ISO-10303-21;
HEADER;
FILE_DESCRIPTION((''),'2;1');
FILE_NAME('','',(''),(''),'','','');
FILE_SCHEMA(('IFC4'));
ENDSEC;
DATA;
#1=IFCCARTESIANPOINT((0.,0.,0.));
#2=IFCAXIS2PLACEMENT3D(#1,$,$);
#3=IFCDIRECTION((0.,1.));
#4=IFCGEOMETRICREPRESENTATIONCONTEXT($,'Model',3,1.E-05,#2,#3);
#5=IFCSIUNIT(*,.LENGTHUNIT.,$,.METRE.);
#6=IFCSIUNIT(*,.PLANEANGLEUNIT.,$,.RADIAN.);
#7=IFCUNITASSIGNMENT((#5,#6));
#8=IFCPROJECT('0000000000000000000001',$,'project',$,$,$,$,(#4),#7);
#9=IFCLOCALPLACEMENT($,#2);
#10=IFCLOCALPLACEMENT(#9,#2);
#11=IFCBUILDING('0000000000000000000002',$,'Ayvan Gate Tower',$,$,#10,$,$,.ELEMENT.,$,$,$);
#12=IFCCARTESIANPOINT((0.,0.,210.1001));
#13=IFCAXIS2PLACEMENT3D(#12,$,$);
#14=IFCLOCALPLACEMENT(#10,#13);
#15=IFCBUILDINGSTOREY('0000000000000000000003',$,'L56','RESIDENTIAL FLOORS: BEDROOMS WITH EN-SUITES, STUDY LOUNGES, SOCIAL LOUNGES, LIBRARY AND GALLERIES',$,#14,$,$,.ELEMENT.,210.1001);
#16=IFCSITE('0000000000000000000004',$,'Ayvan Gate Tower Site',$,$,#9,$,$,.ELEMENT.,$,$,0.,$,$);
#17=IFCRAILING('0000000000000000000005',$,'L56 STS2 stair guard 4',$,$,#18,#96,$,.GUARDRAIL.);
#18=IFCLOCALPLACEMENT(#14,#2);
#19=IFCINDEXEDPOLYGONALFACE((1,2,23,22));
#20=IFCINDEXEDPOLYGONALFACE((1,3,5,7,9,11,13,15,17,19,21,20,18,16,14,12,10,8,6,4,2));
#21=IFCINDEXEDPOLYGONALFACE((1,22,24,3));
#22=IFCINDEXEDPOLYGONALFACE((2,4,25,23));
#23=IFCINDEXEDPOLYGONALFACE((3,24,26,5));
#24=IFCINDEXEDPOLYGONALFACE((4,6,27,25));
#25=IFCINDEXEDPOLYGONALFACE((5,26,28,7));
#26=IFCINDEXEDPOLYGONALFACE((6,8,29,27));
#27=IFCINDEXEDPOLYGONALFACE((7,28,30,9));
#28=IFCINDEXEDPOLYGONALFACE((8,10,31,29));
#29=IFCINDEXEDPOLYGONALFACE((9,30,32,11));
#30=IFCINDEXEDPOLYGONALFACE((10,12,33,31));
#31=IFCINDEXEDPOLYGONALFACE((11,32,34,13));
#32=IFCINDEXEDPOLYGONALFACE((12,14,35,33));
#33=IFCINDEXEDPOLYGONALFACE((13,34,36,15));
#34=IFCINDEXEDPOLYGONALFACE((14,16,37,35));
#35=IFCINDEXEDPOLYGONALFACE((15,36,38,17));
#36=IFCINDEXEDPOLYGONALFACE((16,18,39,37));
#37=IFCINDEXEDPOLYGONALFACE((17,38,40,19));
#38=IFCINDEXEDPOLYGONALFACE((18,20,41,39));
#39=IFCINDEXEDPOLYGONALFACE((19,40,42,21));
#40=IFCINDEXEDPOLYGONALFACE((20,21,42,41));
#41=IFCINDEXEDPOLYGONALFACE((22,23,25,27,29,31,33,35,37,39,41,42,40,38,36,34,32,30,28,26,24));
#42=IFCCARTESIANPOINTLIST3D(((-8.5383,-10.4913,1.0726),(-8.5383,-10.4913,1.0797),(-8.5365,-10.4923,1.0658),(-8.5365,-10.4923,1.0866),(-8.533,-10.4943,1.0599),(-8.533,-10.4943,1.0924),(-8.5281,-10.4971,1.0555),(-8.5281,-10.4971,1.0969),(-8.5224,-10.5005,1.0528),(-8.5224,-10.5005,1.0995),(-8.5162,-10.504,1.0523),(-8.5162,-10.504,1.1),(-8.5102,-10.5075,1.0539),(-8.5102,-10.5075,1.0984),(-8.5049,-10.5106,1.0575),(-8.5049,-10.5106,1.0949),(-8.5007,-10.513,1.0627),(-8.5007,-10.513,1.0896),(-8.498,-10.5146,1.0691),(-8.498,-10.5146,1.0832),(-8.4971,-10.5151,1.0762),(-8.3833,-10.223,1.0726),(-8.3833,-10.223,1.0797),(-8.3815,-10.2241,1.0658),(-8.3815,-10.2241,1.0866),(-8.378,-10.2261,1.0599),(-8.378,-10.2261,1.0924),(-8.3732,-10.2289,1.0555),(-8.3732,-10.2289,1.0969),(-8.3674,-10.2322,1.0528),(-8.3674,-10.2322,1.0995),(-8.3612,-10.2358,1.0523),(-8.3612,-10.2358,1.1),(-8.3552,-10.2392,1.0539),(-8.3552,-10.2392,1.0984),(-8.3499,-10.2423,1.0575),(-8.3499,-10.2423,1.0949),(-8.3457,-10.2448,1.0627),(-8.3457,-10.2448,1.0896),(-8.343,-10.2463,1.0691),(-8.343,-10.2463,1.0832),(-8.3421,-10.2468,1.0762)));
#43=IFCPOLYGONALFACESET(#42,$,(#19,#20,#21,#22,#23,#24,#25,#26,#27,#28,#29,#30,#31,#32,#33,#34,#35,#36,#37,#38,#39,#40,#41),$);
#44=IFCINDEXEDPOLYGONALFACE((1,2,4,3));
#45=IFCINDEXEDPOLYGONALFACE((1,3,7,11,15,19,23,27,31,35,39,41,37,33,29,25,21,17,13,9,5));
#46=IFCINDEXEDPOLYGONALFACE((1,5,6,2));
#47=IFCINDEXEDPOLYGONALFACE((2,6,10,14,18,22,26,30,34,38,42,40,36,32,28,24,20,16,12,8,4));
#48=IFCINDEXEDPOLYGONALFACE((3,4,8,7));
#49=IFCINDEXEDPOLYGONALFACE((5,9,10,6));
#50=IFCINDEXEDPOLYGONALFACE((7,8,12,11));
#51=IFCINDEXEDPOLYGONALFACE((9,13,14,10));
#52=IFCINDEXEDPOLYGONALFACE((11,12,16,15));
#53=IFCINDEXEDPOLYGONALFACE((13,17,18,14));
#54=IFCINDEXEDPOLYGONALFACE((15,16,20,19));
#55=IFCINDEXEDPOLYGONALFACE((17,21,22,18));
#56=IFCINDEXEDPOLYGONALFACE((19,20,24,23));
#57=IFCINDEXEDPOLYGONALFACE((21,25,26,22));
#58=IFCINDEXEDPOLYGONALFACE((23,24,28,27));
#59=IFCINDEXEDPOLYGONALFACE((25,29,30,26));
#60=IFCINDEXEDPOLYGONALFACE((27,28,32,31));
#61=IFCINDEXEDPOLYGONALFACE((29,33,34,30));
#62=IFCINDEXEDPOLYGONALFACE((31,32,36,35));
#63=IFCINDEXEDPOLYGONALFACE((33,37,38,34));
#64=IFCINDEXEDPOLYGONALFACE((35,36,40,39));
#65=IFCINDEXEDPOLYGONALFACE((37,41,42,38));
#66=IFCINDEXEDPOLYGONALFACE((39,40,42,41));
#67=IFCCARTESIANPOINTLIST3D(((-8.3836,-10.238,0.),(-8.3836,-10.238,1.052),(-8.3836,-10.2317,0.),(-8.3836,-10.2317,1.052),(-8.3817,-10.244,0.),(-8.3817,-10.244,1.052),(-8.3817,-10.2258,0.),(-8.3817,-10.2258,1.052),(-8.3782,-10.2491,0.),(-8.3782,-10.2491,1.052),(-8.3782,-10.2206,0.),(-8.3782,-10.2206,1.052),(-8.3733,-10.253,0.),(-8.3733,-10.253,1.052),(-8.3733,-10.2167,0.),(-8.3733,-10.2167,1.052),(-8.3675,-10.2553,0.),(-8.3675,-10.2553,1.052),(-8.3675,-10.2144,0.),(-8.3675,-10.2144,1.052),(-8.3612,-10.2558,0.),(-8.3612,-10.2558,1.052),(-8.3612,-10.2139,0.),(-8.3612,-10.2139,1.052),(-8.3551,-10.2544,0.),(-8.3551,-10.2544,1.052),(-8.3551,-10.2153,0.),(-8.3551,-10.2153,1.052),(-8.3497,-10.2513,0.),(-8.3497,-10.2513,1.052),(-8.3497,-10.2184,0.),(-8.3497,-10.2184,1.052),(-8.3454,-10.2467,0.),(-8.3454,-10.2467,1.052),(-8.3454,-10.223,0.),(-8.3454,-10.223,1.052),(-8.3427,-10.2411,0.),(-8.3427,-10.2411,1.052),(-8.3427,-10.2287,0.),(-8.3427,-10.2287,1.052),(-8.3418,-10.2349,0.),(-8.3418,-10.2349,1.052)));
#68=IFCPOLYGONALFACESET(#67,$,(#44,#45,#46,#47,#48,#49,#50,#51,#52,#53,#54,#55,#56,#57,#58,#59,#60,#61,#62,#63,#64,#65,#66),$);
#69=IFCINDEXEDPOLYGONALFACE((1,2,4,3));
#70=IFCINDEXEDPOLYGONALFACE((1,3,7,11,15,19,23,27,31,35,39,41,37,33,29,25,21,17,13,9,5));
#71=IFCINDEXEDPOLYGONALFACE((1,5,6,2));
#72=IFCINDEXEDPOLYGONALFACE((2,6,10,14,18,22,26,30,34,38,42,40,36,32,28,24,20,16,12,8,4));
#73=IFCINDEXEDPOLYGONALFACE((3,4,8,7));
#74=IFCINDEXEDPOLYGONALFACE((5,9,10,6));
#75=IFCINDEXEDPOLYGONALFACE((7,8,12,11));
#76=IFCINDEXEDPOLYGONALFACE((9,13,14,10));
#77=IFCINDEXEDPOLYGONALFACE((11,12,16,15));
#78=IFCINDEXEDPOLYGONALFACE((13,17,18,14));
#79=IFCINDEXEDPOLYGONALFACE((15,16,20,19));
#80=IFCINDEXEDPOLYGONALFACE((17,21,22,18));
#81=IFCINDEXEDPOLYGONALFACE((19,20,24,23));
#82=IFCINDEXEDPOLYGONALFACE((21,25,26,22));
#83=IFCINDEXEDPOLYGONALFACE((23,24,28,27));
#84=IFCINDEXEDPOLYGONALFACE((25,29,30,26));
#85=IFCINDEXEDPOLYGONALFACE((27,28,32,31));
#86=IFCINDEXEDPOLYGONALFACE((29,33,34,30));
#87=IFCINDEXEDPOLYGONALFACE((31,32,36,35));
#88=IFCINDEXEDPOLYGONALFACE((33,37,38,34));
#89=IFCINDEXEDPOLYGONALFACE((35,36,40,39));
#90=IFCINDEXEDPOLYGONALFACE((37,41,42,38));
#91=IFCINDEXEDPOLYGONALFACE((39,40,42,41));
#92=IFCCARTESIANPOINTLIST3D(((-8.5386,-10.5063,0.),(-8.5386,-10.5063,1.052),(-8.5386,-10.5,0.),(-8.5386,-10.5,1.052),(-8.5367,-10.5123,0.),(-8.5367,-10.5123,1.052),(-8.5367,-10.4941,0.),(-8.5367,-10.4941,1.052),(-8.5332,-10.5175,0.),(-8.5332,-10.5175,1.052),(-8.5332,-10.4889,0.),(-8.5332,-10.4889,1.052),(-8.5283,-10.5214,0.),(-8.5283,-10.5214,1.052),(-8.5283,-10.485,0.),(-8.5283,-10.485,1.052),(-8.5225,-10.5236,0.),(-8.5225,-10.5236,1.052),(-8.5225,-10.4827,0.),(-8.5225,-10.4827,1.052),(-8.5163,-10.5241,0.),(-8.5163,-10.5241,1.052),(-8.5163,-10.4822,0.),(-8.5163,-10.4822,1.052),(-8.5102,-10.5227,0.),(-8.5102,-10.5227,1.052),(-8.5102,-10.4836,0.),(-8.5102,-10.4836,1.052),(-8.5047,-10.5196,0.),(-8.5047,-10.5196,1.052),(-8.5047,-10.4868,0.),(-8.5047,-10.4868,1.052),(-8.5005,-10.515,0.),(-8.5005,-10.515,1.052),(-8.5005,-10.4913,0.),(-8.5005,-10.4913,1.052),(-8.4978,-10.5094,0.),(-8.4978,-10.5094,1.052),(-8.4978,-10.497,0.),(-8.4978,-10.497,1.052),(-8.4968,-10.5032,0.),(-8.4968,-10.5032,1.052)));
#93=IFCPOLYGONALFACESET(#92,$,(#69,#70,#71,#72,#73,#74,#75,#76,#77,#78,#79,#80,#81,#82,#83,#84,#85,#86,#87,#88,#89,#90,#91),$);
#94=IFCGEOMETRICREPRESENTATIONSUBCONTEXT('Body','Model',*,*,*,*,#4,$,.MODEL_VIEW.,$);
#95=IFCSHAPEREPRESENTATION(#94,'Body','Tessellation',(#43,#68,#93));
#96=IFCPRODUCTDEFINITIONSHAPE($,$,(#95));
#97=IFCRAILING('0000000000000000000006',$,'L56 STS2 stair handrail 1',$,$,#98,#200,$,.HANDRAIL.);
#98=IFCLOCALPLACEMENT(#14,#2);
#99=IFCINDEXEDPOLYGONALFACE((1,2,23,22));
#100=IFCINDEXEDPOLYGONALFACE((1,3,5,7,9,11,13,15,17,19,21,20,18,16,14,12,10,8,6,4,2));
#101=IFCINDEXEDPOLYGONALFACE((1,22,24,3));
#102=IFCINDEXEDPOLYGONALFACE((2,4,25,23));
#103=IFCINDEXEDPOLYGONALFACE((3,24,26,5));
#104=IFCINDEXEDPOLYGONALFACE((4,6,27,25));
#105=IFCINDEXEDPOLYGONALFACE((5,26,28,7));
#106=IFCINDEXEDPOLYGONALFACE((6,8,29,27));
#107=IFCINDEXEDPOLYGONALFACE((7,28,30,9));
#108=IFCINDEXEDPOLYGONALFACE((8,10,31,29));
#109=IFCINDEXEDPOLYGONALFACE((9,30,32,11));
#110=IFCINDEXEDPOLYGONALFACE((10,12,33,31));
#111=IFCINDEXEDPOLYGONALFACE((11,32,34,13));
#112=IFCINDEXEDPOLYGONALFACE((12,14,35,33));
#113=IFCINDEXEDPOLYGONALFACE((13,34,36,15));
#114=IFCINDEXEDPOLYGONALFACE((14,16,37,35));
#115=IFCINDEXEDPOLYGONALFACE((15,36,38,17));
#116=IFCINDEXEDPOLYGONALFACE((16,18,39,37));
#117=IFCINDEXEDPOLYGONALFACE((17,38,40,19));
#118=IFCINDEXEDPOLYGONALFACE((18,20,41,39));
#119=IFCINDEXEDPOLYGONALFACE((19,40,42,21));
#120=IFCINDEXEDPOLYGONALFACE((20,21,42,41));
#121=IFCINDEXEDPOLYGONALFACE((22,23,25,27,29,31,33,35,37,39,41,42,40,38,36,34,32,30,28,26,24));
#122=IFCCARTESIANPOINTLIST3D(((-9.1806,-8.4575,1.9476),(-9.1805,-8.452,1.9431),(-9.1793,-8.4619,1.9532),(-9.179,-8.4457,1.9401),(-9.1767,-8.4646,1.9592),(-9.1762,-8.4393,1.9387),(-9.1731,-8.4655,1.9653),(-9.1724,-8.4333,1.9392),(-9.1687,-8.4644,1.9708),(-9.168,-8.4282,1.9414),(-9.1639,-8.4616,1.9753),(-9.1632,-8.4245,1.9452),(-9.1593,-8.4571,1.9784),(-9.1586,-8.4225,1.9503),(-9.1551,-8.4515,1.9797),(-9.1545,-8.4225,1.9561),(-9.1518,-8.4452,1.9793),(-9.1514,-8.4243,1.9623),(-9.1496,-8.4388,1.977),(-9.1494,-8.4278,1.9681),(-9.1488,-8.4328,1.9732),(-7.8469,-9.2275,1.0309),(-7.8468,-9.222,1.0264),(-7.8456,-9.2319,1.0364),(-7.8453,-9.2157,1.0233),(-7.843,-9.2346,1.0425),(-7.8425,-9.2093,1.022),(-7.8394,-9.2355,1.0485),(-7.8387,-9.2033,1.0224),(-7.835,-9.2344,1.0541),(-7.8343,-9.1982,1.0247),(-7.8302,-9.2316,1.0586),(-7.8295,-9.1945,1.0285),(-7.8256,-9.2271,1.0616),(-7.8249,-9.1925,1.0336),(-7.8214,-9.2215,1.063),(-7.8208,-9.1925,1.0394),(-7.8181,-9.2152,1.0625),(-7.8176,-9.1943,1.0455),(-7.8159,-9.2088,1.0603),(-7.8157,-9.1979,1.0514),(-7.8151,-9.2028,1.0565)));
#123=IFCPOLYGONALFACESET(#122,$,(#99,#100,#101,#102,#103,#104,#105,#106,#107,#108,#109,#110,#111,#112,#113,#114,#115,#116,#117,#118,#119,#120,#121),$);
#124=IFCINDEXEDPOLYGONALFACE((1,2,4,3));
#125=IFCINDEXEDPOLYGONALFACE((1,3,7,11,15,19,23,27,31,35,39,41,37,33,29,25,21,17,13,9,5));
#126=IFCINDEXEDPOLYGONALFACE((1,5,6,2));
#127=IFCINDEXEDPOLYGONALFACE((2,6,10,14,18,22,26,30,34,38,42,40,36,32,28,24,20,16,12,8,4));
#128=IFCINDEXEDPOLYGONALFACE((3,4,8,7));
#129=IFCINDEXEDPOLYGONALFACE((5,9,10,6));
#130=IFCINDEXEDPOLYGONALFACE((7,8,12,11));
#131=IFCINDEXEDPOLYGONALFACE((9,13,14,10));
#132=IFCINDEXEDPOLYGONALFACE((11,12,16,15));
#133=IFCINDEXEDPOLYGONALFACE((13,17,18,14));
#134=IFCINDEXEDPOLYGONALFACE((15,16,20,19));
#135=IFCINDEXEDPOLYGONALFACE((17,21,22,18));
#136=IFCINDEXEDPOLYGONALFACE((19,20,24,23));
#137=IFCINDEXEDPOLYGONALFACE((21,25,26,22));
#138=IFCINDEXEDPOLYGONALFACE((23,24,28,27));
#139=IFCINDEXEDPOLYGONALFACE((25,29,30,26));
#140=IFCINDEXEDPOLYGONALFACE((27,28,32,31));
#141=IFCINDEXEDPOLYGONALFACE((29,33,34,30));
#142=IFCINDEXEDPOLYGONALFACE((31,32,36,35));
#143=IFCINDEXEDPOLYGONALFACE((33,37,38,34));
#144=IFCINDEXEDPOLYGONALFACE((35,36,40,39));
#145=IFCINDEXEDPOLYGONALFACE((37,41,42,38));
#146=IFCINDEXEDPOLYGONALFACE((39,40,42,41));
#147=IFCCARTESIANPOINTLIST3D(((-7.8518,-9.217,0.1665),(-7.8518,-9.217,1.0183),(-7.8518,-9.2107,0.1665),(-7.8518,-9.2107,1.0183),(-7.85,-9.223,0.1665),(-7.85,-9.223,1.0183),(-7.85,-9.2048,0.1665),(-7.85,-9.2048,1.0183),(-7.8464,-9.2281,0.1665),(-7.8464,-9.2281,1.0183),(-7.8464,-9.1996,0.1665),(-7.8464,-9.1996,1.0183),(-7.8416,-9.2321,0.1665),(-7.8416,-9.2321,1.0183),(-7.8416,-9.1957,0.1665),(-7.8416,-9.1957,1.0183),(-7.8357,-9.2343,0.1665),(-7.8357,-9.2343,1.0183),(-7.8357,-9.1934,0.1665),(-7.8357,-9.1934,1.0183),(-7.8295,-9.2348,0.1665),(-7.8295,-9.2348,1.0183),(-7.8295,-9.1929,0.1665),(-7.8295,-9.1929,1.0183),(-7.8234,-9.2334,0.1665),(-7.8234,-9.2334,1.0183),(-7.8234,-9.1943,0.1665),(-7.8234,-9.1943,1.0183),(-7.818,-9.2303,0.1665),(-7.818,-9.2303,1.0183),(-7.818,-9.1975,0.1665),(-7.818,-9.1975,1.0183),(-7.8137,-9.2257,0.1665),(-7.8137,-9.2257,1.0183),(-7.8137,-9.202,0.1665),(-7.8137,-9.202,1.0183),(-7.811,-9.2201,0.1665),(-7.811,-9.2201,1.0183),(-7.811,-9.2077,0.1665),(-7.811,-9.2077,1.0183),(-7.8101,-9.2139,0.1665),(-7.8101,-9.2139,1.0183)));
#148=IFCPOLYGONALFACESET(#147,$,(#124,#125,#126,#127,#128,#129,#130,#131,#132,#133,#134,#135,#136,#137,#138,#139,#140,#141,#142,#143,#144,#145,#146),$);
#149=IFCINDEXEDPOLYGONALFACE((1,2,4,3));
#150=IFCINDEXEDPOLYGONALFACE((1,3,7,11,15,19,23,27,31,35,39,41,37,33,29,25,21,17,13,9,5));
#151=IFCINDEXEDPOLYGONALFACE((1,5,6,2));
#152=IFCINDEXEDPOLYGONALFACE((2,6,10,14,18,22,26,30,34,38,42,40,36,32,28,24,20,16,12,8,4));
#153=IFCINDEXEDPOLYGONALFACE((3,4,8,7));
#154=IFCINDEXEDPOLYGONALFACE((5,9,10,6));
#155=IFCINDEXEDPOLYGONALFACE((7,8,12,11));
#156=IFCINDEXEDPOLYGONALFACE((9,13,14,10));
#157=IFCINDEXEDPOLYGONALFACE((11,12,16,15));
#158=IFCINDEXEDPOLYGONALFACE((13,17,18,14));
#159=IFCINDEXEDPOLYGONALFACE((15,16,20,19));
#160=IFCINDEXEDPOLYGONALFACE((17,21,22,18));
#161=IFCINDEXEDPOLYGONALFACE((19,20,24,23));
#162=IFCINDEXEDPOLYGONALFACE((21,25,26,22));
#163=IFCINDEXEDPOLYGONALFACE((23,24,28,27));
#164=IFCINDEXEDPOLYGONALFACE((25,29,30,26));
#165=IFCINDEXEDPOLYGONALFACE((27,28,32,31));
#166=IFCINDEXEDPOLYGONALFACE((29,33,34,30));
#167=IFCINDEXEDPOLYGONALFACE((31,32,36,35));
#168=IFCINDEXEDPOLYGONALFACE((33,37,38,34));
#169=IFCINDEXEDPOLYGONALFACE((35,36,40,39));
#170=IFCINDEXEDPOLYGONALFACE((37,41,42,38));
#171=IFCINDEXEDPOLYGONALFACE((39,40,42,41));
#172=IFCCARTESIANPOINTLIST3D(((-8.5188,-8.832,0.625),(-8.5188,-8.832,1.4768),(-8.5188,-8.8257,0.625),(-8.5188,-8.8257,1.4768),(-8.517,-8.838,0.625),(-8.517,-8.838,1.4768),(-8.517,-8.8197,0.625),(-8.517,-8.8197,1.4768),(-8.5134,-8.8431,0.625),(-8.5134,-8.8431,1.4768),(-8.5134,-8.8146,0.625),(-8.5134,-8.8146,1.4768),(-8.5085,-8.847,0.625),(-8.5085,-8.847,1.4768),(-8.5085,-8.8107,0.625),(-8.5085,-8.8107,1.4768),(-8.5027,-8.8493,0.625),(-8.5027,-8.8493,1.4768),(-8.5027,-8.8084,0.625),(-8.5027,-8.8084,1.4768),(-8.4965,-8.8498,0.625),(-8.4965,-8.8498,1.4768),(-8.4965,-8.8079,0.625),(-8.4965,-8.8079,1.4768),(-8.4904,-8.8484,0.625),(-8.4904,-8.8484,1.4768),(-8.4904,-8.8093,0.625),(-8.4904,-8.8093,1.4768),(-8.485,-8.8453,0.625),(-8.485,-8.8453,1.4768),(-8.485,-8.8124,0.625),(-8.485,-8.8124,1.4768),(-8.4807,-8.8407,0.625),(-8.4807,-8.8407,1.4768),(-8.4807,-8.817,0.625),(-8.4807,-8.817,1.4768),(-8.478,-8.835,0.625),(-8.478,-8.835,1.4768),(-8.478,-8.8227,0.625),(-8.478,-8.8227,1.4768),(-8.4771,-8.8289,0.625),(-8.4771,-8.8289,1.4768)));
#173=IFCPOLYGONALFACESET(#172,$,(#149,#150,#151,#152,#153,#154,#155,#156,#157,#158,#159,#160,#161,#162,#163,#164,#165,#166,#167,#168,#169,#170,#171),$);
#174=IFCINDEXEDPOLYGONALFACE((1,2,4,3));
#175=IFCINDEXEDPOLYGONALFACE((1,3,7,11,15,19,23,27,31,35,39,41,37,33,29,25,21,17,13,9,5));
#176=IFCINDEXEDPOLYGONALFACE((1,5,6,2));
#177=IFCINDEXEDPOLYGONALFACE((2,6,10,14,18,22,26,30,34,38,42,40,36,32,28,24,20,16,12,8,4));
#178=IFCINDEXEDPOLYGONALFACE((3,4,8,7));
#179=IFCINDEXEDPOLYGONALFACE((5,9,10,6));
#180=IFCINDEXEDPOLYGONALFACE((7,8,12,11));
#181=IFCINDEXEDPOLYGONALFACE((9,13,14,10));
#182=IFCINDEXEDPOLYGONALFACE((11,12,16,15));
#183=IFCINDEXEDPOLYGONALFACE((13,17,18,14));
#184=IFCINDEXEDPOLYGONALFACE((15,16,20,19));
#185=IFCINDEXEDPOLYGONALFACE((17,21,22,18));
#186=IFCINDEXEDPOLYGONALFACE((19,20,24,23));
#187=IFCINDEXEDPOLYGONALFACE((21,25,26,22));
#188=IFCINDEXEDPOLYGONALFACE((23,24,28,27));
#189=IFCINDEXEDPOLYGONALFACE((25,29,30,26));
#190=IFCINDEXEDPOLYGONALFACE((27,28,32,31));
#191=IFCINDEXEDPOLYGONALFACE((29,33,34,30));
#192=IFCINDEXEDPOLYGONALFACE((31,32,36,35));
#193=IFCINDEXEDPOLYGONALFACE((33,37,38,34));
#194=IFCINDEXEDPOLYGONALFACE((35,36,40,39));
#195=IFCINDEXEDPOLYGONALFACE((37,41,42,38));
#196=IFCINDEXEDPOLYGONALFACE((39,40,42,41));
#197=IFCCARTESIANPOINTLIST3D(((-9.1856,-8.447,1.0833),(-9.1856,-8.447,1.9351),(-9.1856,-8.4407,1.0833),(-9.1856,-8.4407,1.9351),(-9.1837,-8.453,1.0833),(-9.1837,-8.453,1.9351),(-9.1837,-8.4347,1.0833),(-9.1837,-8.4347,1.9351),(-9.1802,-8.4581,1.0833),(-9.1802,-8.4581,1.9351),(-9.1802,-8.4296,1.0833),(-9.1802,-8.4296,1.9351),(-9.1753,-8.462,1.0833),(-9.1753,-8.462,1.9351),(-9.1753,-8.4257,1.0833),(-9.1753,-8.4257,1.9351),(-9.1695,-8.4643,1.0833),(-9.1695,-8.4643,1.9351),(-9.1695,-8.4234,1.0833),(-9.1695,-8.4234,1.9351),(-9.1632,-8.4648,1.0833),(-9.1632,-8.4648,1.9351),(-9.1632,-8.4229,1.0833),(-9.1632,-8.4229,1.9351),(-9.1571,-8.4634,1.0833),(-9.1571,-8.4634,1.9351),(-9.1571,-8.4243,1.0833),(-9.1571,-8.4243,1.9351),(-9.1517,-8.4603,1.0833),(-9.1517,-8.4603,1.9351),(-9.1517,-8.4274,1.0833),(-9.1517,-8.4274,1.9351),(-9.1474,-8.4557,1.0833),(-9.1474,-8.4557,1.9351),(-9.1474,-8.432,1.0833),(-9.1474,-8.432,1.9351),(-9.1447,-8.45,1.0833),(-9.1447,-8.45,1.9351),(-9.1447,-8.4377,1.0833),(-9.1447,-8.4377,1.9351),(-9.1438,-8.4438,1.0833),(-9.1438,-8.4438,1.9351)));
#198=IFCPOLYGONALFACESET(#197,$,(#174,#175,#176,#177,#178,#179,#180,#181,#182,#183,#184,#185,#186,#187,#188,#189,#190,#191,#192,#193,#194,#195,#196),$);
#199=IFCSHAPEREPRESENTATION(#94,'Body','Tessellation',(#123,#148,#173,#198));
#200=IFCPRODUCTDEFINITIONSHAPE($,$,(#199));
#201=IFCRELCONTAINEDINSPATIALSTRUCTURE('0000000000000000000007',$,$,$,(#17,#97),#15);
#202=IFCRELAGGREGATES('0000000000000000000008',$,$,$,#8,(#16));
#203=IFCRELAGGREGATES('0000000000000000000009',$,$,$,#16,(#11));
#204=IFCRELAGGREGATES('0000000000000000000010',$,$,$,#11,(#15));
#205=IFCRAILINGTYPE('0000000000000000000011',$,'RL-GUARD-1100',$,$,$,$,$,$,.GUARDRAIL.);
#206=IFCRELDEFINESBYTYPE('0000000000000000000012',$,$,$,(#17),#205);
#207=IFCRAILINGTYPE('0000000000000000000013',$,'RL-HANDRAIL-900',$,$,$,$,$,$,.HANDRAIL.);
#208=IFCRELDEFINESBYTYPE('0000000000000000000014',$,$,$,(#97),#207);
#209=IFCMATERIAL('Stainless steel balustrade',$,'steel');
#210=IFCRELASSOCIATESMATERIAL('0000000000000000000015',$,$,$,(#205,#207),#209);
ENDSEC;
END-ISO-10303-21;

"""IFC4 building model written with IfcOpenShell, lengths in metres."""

from ifc_helpers import new_model, si_unit, direction, frame, origin, origin_2d, place, context, subcontext, project, spatial, circle, extrude, material, type_object, element, save


model = new_model("IFC4")

# Units and contexts
model_context = context("Model", 3, precision=1e-05, world=origin(), true_north=direction((0.0, 1.0)))
body_context = subcontext(model_context, "Body", "Model", "MODEL_VIEW")
ifc_project = project(units=[si_unit("LENGTHUNIT", "METRE"), si_unit("PLANEANGLEUNIT", "RADIAN")], contexts=[model_context])

# Site, building, storey
site_placement = place(None, origin())
site = spatial("IfcSite", under=ifc_project, at=site_placement, Name="Ayvan Gate Tower Site", CompositionType="ELEMENT", RefElevation=0.0)
building_placement = place(site_placement, origin())
building = spatial("IfcBuilding", under=site, at=building_placement, Name="Ayvan Gate Tower", CompositionType="ELEMENT")
storey_placement = place(building_placement, frame((0.0, 0.0, 210.1001)))
storey = spatial("IfcBuildingStorey", under=building, at=storey_placement, Name="L56", Description="RESIDENTIAL FLOORS: BEDROOMS WITH EN-SUITES, STUDY LOUNGES, SOCIAL LOUNGES, LIBRARY AND GALLERIES", CompositionType="ELEMENT", Elevation=210.1001)

# Railings
ifc_material_1 = material(Name="Stainless steel balustrade", Category="steel")
railing_type_1 = type_object("IfcRailingType", Name="RL-GUARD-1100", PredefinedType="GUARDRAIL", material=ifc_material_1)
railing_1_placement = place(storey_placement, frame((-8.3628, -10.2349, 0.0)))
element("IfcRailing", 1, at=railing_1_placement, inside=storey, type_object=railing_type_1, Name="L56 STS2 stair guard 4", PredefinedType="GUARDRAIL", context=body_context, shape_type="SweptSolid", body=[
    extrude(circle(Radius=0.0239, at=origin_2d()), frame((0.0, 0.0, 1.0762), z_axis=(-0.500291, -0.865857, 0.0), x_axis=(0.865857, -0.500291, 0.0)), (0.0, 0.0, 1.0), 0.3098),
    extrude(circle(Radius=0.021, at=origin_2d()), origin(), (0.0, 0.0, 1.0), 1.052),
    extrude(circle(Radius=0.021, at=origin_2d()), frame((-0.155, -0.2683, 0.0)), (0.0, 0.0, 1.0), 1.052),
])
railing_type_2 = type_object("IfcRailingType", Name="RL-HANDRAIL-900", PredefinedType="HANDRAIL", material=ifc_material_1)
for number, where, name in (
    (2, (-7.8311, -9.2139, 0.1665), "L56 STS2 stair handrail 1"),
):
    element("IfcRailing", number, at=place(storey_placement, frame(where)), inside=storey, type_object=railing_type_2, Name=name, PredefinedType="HANDRAIL", context=body_context, shape_type="SweptSolid", body=[
        extrude(circle(Radius=0.0239, at=origin_2d()), frame((0.0, 0.0, 0.876), z_axis=(-0.744164, 0.429634, 0.511502), x_axis=(-0.499992, -0.86603, 0.0)), (0.0, 0.0, 1.0), 1.7922),
        extrude(circle(Radius=0.021, at=origin_2d()), origin(), (0.0, 0.0, 1.0), 0.8518),
        extrude(circle(Radius=0.021, at=origin_2d()), frame((-0.667, 0.385, 0.4585)), (0.0, 0.0, 1.0), 0.8518),
        extrude(circle(Radius=0.021, at=origin_2d()), frame((-1.3337, 0.77, 0.9167)), (0.0, 0.0, 1.0), 0.8518),
    ])

save(model, "model.ifc")
